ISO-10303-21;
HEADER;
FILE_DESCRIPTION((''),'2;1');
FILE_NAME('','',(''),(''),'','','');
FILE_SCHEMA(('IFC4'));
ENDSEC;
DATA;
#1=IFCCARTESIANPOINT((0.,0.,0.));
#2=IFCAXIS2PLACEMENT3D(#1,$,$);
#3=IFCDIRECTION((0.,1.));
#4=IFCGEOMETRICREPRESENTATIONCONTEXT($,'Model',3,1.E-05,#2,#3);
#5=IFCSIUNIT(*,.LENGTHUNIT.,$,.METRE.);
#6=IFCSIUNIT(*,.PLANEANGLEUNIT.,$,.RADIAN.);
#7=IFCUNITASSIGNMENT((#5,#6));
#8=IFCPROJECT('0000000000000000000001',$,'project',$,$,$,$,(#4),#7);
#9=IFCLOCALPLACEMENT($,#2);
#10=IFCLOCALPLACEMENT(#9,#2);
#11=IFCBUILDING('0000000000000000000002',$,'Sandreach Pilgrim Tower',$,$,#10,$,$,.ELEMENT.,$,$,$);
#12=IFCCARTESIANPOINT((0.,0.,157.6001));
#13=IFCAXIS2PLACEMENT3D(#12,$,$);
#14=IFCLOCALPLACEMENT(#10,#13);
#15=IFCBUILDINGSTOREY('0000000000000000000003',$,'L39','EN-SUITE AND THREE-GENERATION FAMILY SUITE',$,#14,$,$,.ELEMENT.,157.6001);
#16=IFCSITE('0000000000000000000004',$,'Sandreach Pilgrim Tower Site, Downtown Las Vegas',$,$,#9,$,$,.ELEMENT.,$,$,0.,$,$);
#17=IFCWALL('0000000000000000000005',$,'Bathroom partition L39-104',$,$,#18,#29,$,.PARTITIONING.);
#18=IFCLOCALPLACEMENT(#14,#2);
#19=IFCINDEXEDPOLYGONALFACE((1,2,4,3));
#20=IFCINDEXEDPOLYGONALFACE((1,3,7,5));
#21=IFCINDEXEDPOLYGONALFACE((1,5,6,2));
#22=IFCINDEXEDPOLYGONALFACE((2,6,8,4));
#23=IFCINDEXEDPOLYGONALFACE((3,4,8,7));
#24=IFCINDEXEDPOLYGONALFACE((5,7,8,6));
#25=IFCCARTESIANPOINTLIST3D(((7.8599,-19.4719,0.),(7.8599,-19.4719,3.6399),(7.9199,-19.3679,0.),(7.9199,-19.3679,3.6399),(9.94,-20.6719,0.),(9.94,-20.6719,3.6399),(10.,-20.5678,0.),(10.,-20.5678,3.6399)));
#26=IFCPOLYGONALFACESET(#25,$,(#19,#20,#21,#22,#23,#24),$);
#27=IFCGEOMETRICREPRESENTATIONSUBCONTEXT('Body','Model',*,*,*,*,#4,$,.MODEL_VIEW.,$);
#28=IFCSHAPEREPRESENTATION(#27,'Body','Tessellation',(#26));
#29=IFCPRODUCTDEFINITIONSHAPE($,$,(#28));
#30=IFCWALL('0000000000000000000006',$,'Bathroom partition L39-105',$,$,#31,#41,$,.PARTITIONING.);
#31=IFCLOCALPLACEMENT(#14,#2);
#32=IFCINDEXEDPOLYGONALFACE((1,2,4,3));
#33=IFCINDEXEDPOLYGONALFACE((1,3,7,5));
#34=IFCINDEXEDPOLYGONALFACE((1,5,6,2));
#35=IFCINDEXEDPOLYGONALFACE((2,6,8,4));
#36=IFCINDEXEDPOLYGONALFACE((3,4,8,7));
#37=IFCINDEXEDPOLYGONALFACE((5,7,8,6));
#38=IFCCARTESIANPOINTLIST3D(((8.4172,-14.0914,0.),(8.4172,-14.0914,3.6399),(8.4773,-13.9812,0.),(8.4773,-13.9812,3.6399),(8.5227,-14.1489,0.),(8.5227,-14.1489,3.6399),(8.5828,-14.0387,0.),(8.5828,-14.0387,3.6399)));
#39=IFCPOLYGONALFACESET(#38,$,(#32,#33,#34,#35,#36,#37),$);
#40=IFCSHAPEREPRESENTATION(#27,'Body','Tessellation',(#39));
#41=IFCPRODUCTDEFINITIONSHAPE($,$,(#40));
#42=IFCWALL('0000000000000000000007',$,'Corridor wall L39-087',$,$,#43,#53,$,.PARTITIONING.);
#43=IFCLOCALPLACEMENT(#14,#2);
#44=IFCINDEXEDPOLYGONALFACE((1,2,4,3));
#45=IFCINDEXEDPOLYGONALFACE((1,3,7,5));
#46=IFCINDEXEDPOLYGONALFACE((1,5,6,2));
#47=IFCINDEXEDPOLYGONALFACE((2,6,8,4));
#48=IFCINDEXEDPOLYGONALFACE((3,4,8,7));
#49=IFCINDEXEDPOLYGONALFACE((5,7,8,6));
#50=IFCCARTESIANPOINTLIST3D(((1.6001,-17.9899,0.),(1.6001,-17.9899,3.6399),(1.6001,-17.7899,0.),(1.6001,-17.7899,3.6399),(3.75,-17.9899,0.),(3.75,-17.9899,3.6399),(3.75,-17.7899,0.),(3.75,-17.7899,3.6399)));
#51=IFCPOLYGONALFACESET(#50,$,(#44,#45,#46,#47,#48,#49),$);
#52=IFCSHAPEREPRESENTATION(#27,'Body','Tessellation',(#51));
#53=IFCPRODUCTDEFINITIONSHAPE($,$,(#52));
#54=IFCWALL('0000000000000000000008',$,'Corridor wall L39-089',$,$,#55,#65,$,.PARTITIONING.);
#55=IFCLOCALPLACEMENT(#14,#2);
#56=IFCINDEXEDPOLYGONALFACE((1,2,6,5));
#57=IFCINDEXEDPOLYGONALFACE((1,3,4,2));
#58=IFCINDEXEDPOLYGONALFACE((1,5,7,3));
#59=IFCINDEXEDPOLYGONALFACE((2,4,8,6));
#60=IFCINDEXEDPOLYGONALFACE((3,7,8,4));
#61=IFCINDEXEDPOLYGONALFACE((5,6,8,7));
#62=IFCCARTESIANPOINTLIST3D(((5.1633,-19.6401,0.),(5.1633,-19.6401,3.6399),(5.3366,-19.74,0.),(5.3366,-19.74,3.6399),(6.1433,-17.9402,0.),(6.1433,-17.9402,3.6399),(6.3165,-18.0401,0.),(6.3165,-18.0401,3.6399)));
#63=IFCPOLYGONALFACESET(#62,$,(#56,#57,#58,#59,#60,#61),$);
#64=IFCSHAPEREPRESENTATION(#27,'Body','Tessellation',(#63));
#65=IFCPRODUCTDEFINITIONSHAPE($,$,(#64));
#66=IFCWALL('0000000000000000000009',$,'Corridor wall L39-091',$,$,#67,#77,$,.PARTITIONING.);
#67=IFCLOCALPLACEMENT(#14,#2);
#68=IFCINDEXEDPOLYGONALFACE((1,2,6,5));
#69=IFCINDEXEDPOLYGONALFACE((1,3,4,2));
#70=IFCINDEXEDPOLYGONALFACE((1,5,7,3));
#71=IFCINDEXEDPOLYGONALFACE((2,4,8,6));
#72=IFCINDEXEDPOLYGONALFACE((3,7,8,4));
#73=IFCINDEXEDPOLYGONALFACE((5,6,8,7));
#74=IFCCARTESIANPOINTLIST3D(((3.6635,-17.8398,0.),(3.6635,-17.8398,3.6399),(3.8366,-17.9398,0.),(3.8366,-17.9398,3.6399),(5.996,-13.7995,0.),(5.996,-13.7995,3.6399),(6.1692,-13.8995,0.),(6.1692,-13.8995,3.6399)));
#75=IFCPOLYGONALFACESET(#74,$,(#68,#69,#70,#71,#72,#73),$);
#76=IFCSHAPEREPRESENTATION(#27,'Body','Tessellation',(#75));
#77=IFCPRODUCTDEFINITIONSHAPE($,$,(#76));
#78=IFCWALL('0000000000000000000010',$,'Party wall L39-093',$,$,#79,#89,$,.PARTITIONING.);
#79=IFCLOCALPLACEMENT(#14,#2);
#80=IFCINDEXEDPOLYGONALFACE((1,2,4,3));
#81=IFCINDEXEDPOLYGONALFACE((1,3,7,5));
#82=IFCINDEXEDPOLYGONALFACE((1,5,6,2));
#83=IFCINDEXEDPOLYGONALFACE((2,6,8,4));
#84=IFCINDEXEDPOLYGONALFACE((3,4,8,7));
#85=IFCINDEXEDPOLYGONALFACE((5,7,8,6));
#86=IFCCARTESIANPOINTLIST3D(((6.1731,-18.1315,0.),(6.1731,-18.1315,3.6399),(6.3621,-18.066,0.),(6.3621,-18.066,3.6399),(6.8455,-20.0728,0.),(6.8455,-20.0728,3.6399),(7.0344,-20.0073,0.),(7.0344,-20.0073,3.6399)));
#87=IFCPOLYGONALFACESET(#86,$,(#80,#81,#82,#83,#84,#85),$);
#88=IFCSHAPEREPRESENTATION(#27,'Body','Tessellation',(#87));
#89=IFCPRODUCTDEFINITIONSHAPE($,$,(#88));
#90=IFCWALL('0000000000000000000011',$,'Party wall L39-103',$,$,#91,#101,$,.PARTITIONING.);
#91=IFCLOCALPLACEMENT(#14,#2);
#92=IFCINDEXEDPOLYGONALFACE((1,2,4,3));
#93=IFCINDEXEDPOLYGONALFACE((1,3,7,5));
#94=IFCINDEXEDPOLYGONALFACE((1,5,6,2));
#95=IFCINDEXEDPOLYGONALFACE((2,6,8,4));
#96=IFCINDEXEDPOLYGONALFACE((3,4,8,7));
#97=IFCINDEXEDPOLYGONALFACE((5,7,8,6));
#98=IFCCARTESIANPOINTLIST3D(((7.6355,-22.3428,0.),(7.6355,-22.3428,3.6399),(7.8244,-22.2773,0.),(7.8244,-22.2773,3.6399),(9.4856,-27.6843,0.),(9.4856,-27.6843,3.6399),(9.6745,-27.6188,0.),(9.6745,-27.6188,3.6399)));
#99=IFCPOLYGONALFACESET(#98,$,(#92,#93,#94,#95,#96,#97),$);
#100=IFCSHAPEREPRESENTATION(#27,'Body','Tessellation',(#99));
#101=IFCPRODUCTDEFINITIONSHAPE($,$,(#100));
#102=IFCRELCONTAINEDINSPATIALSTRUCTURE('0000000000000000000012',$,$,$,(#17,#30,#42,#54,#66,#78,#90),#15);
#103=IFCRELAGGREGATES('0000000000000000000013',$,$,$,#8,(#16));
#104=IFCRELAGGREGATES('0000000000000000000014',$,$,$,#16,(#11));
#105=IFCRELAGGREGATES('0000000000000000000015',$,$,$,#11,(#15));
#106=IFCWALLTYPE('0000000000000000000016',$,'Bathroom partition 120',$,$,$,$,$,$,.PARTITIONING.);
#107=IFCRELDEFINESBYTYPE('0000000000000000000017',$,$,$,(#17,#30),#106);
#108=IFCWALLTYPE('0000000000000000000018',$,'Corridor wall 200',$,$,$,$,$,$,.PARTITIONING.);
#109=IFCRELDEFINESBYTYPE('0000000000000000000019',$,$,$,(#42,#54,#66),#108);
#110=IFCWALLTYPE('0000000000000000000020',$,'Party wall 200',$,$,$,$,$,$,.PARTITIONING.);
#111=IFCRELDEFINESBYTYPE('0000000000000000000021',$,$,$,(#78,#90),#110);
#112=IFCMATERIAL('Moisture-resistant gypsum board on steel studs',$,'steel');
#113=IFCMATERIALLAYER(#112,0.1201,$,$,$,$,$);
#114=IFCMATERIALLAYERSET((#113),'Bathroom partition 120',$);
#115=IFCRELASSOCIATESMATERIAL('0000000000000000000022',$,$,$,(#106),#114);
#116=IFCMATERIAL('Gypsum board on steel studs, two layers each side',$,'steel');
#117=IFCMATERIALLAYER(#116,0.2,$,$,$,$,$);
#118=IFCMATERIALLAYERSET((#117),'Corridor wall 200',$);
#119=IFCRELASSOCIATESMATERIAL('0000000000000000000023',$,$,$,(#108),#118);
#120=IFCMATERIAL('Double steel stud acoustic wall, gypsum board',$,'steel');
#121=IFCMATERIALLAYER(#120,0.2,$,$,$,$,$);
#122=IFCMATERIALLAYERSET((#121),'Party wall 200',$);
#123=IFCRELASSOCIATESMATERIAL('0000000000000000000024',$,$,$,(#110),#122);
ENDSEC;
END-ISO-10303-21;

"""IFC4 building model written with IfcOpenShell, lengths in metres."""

from ifc_helpers import new_model, si_unit, direction, frame, frame_2d, origin, place, context, subcontext, project, spatial, rectangle, extrude, material, layer, layer_set, type_object, element, save


model = new_model("IFC4")

# Units and contexts
model_context = context("Model", 3, precision=1e-05, world=origin(), true_north=direction((0.0, 1.0)))
body_context = subcontext(model_context, "Body", "Model", "MODEL_VIEW")
ifc_project = project(units=[si_unit("LENGTHUNIT", "METRE"), si_unit("PLANEANGLEUNIT", "RADIAN")], contexts=[model_context])

# Site, building, storey
site_placement = place(None, origin())
site = spatial("IfcSite", under=ifc_project, at=site_placement, Name="Sandreach Pilgrim Tower Site, Downtown Las Vegas", CompositionType="ELEMENT", RefElevation=0.0)
building_placement = place(site_placement, origin())
building = spatial("IfcBuilding", under=site, at=building_placement, Name="Sandreach Pilgrim Tower", CompositionType="ELEMENT")
storey_placement = place(building_placement, frame((0.0, 0.0, 157.6001)))
storey = spatial("IfcBuildingStorey", under=building, at=storey_placement, Name="L39", Description="EN-SUITE AND THREE-GENERATION FAMILY SUITE", CompositionType="ELEMENT", Elevation=157.6001)

# Shared definitions
ifc_material_1 = material(Name="Moisture-resistant gypsum board on steel studs", Category="steel")
ifc_layer_1 = layer(ifc_material_1, 0.1201)
ifc_layer_set_1 = layer_set([ifc_layer_1], Name="Bathroom partition 120")
wall_type_1 = type_object("IfcWallType", Name="Bathroom partition 120", PredefinedType="PARTITIONING", material=ifc_layer_set_1)

# Walls
wall_1_placement = place(storey_placement, frame((7.8899, -19.4199, 0.0), z_axis=(0.0, 0.0, 1.0), x_axis=(0.866203, -0.499693, 0.0)))
element("IfcWall", 1, at=wall_1_placement, inside=storey, type_object=wall_type_1, Name="Bathroom partition L39-104", PredefinedType="PARTITIONING", context=body_context, shape_type="SweptSolid", body=[
    extrude(rectangle(XDim=2.4014, YDim=0.1201, at=frame_2d((1.2007, 0.0))), origin(), (0.0, 0.0, 1.0), 3.6399),
])
wall_2_placement = place(storey_placement, frame((8.47, -14.1201, 0.0), z_axis=(0.0, 0.0, 1.0), x_axis=(0.478852, 0.877896, 0.0)))
element("IfcWall", 2, at=wall_2_placement, inside=storey, type_object=wall_type_1, Name="Bathroom partition L39-105", PredefinedType="PARTITIONING", context=body_context, shape_type="SweptSolid", body=[
    extrude(rectangle(XDim=0.1255, YDim=0.1201, at=frame_2d((0.0627, 0.0))), origin(), (0.0, 0.0, 1.0), 3.6399),
])

# Shared definitions
ifc_material_2 = material(Name="Gypsum board on steel studs, two layers each side", Category="steel")
ifc_layer_2 = layer(ifc_material_2, 0.2)
ifc_layer_set_2 = layer_set([ifc_layer_2], Name="Corridor wall 200")
wall_type_2 = type_object("IfcWallType", Name="Corridor wall 200", PredefinedType="PARTITIONING", material=ifc_layer_set_2)

# Walls
wall_3_placement = place(storey_placement, frame((3.75, -17.8899, 0.0), z_axis=(0.0, 0.0, 1.0), x_axis=(-1.0, 0.0, 0.0)))
element("IfcWall", 3, at=wall_3_placement, inside=storey, type_object=wall_type_2, Name="Corridor wall L39-087", PredefinedType="PARTITIONING", context=body_context, shape_type="SweptSolid", body=[
    extrude(rectangle(XDim=2.1499, YDim=0.2, at=frame_2d((1.075, 0.0))), origin(), (0.0, 0.0, 1.0), 3.6399),
])
wall_4_placement = place(storey_placement, frame((5.25, -19.6899, 0.0), z_axis=(0.0, 0.0, 1.0), x_axis=(0.499432, 0.866353, 0.0)))
element("IfcWall", 4, at=wall_4_placement, inside=storey, type_object=wall_type_2, Name="Corridor wall L39-089", PredefinedType="PARTITIONING", context=body_context, shape_type="SweptSolid", body=[
    extrude(rectangle(XDim=1.9622, YDim=0.2, at=frame_2d((0.981, 0.0))), origin(), (0.0, 0.0, 1.0), 3.6399),
])
wall_5_placement = place(storey_placement, frame((6.0825, -13.8496, 0.0), z_axis=(0.0, 0.0, 1.0), x_axis=(-0.499978, -0.866038, 0.0)))
element("IfcWall", 5, at=wall_5_placement, inside=storey, type_object=wall_type_2, Name="Corridor wall L39-091", PredefinedType="PARTITIONING", context=body_context, shape_type="SweptSolid", body=[
    extrude(rectangle(XDim=4.6653, YDim=0.2, at=frame_2d((2.3325, 0.0))), origin(), (0.0, 0.0, 1.0), 3.6399),
])

# Walls
ifc_material_3 = material(Name="Double steel stud acoustic wall, gypsum board", Category="steel")
ifc_layer_3 = layer(ifc_material_3, 0.2)
ifc_layer_set_3 = layer_set([ifc_layer_3], Name="Party wall 200")
wall_type_3 = type_object("IfcWallType", Name="Party wall 200", PredefinedType="PARTITIONING", material=ifc_layer_set_3)
wall_6_placement = place(storey_placement, frame((6.2676, -18.0986, 0.0), z_axis=(0.0, 0.0, 1.0), x_axis=(0.327257, -0.944935, 0.0)))
element("IfcWall", 6, at=wall_6_placement, inside=storey, type_object=wall_type_3, Name="Party wall L39-093", PredefinedType="PARTITIONING", context=body_context, shape_type="SweptSolid", body=[
    extrude(rectangle(XDim=2.0544, YDim=0.2, at=frame_2d((1.0273, 0.0))), origin(), (0.0, 0.0, 1.0), 3.6399),
])
wall_7_placement = place(storey_placement, frame((7.73, -22.3101, 0.0), z_axis=(0.0, 0.0, 1.0), x_axis=(0.327284, -0.944926, 0.0)))
element("IfcWall", 7, at=wall_7_placement, inside=storey, type_object=wall_type_3, Name="Party wall L39-103", PredefinedType="PARTITIONING", context=body_context, shape_type="SweptSolid", body=[
    extrude(rectangle(XDim=5.6528, YDim=0.2, at=frame_2d((2.8264, 0.0))), origin(), (0.0, 0.0, 1.0), 3.6399),
])

save(model, "model.ifc")
